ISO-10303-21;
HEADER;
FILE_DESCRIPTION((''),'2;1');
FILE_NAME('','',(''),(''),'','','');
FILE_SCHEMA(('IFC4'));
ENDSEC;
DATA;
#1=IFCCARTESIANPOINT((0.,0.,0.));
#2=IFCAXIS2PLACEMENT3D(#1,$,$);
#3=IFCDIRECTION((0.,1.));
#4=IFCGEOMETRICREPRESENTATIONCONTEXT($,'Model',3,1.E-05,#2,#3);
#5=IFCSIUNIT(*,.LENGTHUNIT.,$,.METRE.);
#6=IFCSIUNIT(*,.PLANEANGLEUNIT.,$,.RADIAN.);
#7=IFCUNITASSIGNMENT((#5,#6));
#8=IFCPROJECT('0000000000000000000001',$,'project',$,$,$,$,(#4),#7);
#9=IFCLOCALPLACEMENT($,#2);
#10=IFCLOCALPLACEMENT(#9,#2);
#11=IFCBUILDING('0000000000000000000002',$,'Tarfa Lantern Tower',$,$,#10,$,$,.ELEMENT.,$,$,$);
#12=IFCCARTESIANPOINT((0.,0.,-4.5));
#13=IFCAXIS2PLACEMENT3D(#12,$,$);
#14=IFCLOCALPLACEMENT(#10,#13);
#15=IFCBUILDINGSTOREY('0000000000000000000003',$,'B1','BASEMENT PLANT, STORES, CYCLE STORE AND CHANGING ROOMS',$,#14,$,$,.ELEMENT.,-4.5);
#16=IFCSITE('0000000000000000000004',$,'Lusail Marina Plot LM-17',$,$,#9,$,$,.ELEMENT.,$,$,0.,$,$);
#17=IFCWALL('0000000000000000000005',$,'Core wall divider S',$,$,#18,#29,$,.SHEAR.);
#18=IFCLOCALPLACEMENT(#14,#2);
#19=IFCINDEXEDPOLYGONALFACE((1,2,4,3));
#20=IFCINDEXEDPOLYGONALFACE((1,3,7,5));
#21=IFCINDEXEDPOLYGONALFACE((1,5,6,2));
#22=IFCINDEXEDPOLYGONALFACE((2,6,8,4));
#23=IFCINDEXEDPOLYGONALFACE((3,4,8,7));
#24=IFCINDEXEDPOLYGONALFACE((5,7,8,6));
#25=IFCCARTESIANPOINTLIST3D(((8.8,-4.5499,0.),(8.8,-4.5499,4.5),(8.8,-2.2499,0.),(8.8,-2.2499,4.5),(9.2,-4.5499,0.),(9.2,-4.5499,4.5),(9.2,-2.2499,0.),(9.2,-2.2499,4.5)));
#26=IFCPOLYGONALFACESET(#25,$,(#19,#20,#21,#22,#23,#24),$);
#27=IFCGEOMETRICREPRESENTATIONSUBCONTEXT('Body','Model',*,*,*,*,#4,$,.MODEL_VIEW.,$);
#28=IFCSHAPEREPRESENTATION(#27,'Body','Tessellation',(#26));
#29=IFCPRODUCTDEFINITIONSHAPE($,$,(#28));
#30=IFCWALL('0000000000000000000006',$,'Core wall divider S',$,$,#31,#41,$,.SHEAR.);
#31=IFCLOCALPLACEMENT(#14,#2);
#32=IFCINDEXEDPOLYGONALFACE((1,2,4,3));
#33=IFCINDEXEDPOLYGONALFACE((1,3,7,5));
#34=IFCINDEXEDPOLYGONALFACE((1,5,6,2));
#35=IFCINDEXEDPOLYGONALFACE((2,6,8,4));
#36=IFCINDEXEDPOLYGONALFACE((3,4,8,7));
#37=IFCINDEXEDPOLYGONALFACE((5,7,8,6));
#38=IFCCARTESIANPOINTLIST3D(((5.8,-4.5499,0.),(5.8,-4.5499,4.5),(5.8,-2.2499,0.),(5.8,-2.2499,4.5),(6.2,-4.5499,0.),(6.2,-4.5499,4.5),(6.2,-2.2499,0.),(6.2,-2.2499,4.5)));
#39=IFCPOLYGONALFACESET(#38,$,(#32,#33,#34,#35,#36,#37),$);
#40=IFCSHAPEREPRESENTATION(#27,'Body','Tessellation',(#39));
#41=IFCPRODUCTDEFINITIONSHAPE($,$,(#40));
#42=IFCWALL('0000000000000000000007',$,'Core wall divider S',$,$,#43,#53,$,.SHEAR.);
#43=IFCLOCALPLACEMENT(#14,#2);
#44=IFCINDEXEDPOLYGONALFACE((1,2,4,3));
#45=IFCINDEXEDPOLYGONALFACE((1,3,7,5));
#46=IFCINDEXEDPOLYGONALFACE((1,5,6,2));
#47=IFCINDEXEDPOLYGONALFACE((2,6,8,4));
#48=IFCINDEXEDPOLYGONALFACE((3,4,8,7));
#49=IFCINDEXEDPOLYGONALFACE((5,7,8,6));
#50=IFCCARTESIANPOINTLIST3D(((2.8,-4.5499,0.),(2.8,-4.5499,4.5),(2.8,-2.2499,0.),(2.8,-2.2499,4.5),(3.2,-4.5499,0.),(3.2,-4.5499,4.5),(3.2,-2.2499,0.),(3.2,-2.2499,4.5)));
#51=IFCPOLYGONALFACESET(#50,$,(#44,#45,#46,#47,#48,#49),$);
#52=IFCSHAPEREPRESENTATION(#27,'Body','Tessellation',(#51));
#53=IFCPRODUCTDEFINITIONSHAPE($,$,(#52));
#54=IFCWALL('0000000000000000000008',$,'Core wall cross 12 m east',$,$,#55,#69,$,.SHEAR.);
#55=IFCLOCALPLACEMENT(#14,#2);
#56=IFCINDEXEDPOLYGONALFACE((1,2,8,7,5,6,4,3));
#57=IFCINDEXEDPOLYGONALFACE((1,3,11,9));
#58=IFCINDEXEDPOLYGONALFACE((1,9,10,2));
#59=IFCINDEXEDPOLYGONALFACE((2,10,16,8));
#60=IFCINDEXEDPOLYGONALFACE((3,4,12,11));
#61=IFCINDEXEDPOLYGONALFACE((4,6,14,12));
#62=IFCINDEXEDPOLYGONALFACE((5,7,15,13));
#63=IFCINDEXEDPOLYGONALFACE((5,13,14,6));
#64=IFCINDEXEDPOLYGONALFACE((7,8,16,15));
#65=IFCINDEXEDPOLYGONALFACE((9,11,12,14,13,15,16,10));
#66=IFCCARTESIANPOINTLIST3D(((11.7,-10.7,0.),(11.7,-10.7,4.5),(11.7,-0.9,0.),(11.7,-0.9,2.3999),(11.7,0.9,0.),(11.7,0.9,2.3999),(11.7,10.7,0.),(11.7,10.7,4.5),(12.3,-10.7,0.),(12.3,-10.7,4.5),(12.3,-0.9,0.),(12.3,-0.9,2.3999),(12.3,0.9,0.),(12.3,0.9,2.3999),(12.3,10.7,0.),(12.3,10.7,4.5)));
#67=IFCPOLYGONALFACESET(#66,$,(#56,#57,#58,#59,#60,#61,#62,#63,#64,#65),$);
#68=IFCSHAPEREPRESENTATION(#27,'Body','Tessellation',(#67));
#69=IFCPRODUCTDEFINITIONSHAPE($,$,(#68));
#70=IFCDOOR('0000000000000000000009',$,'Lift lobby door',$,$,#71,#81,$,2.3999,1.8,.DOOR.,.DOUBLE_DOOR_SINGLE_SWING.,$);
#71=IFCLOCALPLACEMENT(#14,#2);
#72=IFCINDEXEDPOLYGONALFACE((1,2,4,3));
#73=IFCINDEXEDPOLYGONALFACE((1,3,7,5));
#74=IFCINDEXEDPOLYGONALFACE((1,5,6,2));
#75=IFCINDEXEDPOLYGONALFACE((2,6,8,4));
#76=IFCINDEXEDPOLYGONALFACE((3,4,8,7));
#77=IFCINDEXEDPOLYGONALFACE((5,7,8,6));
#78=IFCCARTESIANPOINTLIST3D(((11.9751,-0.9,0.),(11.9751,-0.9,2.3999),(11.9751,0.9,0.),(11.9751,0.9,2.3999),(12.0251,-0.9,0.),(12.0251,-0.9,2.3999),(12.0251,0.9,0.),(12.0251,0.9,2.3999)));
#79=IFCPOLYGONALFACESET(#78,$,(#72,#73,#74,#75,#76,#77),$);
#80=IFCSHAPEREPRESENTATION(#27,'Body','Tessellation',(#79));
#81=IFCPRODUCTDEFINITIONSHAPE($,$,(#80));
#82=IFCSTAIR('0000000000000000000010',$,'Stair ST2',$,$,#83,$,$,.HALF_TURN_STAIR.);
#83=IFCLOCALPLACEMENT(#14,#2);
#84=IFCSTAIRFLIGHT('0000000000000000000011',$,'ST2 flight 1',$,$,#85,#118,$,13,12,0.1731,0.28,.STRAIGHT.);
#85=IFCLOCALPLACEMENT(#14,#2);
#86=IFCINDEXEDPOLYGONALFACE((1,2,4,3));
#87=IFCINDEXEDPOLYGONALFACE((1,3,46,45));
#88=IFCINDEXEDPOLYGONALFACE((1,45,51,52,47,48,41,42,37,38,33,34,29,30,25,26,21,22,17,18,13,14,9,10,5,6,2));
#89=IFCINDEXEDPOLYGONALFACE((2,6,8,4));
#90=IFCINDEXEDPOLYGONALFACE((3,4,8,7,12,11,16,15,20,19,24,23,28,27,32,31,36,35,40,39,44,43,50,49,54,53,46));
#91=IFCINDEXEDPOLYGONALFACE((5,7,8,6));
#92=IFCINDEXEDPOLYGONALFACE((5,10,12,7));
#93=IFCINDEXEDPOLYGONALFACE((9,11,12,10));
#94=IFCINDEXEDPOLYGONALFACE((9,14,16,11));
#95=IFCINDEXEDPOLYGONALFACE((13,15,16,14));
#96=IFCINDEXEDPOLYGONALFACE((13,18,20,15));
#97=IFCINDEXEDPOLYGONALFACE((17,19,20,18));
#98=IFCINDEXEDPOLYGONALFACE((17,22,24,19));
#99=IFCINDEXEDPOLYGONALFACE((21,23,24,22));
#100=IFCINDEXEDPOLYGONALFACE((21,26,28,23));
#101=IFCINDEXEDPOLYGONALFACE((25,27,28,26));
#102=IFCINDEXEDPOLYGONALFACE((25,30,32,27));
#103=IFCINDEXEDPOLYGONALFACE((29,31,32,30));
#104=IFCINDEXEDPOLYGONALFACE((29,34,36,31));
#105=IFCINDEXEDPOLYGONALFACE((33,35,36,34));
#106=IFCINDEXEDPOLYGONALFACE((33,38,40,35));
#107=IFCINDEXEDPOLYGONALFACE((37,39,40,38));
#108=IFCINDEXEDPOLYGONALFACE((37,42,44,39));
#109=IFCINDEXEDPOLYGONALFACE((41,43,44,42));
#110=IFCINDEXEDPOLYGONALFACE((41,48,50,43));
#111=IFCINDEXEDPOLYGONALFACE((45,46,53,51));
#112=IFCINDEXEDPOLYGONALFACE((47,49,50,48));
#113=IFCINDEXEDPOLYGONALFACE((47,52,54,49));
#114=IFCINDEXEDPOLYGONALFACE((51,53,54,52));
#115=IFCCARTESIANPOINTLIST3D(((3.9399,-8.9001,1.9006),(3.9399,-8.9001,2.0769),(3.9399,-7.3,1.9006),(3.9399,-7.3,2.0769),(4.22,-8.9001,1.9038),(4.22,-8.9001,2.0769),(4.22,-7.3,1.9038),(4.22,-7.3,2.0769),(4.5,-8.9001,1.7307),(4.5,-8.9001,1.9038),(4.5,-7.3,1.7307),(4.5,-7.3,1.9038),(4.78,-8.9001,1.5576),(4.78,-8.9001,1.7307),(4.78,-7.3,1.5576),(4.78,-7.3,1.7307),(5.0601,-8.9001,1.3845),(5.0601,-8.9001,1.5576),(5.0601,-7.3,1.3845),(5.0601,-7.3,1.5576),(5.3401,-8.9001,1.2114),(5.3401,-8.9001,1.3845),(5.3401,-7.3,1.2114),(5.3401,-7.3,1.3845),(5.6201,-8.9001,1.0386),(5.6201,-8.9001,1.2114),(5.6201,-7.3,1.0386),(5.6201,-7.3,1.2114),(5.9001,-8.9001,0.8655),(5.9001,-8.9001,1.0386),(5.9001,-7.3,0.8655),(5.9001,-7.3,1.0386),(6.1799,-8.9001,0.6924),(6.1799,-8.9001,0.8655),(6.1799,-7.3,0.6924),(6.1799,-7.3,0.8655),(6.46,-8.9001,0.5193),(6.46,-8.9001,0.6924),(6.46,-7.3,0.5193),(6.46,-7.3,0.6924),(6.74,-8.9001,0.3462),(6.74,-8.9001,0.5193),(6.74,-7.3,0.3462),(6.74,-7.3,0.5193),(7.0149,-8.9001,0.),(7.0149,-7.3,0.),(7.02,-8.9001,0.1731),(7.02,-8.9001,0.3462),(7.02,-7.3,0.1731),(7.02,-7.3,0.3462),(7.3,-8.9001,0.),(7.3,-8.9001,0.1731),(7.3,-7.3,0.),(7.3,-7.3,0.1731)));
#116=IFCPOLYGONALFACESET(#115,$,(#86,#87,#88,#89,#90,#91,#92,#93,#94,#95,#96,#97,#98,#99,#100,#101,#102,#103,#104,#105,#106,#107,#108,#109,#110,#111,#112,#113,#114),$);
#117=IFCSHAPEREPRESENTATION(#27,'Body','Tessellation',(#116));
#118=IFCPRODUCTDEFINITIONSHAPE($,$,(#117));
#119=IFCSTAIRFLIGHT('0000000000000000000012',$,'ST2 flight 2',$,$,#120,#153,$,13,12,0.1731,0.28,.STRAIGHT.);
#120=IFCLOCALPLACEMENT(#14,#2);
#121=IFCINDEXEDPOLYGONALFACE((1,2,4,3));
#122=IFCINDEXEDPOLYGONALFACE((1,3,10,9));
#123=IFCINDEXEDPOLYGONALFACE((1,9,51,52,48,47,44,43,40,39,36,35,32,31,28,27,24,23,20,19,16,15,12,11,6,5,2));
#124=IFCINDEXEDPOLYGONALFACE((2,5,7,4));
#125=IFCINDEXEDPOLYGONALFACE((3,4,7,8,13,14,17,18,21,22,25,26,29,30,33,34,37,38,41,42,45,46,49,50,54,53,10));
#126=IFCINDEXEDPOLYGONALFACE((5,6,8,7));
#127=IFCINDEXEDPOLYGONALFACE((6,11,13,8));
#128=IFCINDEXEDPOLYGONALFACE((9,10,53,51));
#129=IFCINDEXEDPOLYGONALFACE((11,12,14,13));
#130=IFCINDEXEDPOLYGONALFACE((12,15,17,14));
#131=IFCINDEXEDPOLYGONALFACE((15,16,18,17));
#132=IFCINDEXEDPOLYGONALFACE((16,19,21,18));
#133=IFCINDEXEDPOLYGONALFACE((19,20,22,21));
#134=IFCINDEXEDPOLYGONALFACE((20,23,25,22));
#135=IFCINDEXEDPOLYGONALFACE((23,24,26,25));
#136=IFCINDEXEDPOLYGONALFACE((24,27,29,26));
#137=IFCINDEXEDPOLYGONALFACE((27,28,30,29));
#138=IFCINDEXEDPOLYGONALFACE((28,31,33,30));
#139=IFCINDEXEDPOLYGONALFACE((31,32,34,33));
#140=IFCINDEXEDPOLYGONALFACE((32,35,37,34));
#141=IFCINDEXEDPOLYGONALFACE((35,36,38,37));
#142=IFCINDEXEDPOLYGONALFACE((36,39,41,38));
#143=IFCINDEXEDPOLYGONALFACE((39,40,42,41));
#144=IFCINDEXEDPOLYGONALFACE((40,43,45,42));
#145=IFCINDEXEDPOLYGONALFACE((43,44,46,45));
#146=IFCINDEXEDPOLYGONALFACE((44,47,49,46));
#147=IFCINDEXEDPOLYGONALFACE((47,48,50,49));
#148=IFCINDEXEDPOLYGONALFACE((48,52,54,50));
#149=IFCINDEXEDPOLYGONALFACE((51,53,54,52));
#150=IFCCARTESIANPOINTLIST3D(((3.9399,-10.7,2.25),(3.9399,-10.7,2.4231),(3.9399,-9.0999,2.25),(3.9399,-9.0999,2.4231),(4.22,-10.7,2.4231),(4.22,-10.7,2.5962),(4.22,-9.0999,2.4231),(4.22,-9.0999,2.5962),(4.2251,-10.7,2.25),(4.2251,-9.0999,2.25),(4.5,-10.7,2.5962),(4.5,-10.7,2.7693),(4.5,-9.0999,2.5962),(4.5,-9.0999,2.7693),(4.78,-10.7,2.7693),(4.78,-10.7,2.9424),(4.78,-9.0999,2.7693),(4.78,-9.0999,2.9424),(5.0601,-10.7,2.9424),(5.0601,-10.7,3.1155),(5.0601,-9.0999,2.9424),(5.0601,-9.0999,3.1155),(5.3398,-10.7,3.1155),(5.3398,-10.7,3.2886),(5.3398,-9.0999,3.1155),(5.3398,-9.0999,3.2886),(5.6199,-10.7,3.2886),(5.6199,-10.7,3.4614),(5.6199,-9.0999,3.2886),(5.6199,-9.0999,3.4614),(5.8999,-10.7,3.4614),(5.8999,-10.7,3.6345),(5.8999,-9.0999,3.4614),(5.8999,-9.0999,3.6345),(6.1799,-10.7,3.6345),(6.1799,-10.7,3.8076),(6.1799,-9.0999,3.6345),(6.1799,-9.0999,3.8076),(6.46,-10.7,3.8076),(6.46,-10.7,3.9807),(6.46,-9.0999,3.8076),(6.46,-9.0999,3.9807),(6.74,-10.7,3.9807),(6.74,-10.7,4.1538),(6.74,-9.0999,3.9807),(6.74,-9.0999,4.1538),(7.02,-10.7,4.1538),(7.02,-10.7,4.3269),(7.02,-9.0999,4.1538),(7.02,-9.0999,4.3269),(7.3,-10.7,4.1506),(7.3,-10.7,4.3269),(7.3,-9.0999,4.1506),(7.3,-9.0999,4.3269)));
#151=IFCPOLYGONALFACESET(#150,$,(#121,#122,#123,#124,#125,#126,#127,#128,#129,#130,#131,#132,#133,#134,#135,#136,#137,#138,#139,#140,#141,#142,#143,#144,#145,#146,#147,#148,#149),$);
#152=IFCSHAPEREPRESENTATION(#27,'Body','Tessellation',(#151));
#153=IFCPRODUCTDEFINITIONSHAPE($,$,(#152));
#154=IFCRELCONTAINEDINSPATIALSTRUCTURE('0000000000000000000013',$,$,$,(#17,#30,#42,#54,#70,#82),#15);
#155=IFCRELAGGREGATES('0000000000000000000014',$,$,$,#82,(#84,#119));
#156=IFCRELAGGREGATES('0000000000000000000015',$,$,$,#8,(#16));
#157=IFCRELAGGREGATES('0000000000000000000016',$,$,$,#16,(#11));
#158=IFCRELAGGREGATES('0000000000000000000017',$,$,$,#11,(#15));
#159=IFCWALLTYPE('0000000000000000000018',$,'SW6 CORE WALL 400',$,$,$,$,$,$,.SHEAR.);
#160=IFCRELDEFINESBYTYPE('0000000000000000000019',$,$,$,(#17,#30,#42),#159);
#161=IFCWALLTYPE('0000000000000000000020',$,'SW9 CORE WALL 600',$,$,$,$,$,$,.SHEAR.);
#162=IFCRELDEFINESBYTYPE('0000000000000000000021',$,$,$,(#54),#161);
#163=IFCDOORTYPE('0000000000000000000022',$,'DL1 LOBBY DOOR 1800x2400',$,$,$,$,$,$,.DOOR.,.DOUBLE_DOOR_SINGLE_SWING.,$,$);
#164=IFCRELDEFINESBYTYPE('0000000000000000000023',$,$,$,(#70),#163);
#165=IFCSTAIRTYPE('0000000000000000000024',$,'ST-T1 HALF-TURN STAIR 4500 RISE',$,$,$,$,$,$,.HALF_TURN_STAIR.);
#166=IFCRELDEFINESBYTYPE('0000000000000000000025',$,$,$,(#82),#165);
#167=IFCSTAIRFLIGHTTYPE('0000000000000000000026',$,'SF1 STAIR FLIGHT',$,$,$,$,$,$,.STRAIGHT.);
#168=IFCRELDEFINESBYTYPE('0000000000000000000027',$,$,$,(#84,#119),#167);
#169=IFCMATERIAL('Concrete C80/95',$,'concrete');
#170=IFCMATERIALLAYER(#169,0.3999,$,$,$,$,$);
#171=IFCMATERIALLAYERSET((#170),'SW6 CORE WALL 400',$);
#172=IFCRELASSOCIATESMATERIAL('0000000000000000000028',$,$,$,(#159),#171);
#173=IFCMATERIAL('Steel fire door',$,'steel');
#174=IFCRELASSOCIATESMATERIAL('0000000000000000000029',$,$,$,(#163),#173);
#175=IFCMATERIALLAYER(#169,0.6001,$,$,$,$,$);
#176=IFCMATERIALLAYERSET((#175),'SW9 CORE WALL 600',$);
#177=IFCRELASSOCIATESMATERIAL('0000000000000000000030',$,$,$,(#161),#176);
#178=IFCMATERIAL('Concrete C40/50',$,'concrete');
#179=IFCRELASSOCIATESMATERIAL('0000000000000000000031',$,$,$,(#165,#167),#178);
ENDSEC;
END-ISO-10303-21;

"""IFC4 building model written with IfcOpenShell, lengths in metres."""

from ifc_helpers import new_model, si_unit, direction, frame, frame_2d, origin, place, context, subcontext, project, spatial, polyline, rectangle, outline, extrude, material, layer, layer_set, type_object, element, fill, aggregate, save


model = new_model("IFC4")

# Units and contexts
model_context = context("Model", 3, precision=1e-05, world=origin(), true_north=direction((0.0, 1.0)))
body_context = subcontext(model_context, "Body", "Model", "MODEL_VIEW")
ifc_project = project(units=[si_unit("LENGTHUNIT", "METRE"), si_unit("PLANEANGLEUNIT", "RADIAN")], contexts=[model_context])

# Site, building, storey
site_placement = place(None, origin())
site = spatial("IfcSite", under=ifc_project, at=site_placement, Name="Lusail Marina Plot LM-17", CompositionType="ELEMENT", RefElevation=0.0)
building_placement = place(site_placement, origin())
building = spatial("IfcBuilding", under=site, at=building_placement, Name="Tarfa Lantern Tower", CompositionType="ELEMENT")
storey_placement = place(building_placement, frame((0.0, 0.0, -4.5)))
storey = spatial("IfcBuildingStorey", under=building, at=storey_placement, Name="B1", Description="BASEMENT PLANT, STORES, CYCLE STORE AND CHANGING ROOMS", CompositionType="ELEMENT", Elevation=-4.5)

# Shared definitions
ifc_material_1 = material(Name="Concrete C80/95", Category="concrete")

# Shared definitions
ifc_material_2 = material(Name="Concrete C40/50", Category="concrete")

# Shared definitions
ifc_material_3 = material(Name="Steel fire door", Category="steel")

# Shared definitions
ifc_layer_1 = layer(ifc_material_1, 0.3999)
ifc_layer_set_1 = layer_set([ifc_layer_1], Name="SW6 CORE WALL 400")
wall_type_1 = type_object("IfcWallType", Name="SW6 CORE WALL 400", PredefinedType="SHEAR", material=ifc_layer_set_1)
door_type_1 = type_object("IfcDoorType", Name="DL1 LOBBY DOOR 1800x2400", OperationType="DOUBLE_DOOR_SINGLE_SWING", PredefinedType="DOOR", material=ifc_material_3)

# Walls
for number, where, z_axis, x_axis, name in (
    (1, (9.0, -2.25, 0.0), (0.0, 0.0, 1.0), (0.0, -1.0, 0.0), "Core wall divider S"),
    (2, (6.0, -2.25, 0.0), (0.0, 0.0, 1.0), (0.0, -1.0, 0.0), "Core wall divider S"),
    (3, (3.0, -2.25, 0.0), (0.0, 0.0, 1.0), (0.0, -1.0, 0.0), "Core wall divider S"),
):
    element("IfcWall", number, at=place(storey_placement, frame(where, z_axis=z_axis, x_axis=x_axis)), inside=storey, type_object=wall_type_1, Name=name, PredefinedType="SHEAR", context=body_context, shape_type="SweptSolid", body=[
        extrude(rectangle(XDim=2.3, YDim=0.3999, at=frame_2d((1.1499, 0.0))), origin(), (0.0, 0.0, 1.0), 4.5),
    ])

# Wall, opening, door
ifc_layer_2 = layer(ifc_material_1, 0.6001)
ifc_layer_set_2 = layer_set([ifc_layer_2], Name="SW9 CORE WALL 600")
wall_type_2 = type_object("IfcWallType", Name="SW9 CORE WALL 600", PredefinedType="SHEAR", material=ifc_layer_set_2)
wall_1_placement = place(storey_placement, frame((12.0, -10.7, 0.0), z_axis=(0.0, 0.0, 1.0), x_axis=(0.0, 1.0, 0.0)))
wall_1 = element("IfcWall", 4, at=wall_1_placement, inside=storey, type_object=wall_type_2, Name="Core wall cross 12 m east", PredefinedType="SHEAR", context=body_context, shape_type="SweptSolid", body=[
    extrude(rectangle(XDim=21.3999, YDim=0.6001, at=frame_2d((10.7, 0.0))), origin(), (0.0, 0.0, 1.0), 4.5),
])
opening_1_placement = place(wall_1_placement, frame((9.8, 0.0, 0.0)))
opening_1 = element("IfcOpeningElement", 5, at=opening_1_placement, cuts=wall_1, PredefinedType="OPENING", context=body_context, shape_type="SweptSolid", body=[
    extrude(rectangle(XDim=1.8, YDim=2.3999, at=frame_2d((0.8999, 1.2))), frame((0.0, 0.3101, 0.0), z_axis=(0.0, -1.0, 0.0), x_axis=(1.0, 0.0, 0.0)), (0.0, 0.0, 1.0), 0.6201),
])
door_1_placement = place(opening_1_placement, origin())
door_1 = element("IfcDoor", 6, at=door_1_placement, inside=storey, type_object=door_type_1, Name="Lift lobby door", OperationType="DOUBLE_DOOR_SINGLE_SWING", OverallHeight=2.3999, OverallWidth=1.8, PredefinedType="DOOR", context=body_context, shape_type="SweptSolid", body=[
    extrude(rectangle(XDim=1.8, YDim=2.3999, at=frame_2d((0.8999, 1.2))), frame((0.0, 0.0249, 0.0), z_axis=(0.0, -1.0, 0.0), x_axis=(1.0, 0.0, 0.0)), (0.0, 0.0, 1.0), 0.05),
])
fill(opening_1, door_1)

# Stair, stair flights
stair_type = type_object("IfcStairType", Name="ST-T1 HALF-TURN STAIR 4500 RISE", PredefinedType="HALF_TURN_STAIR", material=ifc_material_2)
stair_placement = place(storey_placement, origin())
stair = element("IfcStair", 7, at=stair_placement, inside=storey, type_object=stair_type, Name="Stair ST2", PredefinedType="HALF_TURN_STAIR")
stair_flight_type = type_object("IfcStairFlightType", Name="SF1 STAIR FLIGHT", PredefinedType="STRAIGHT", material=ifc_material_2)
stair_flight_1_placement = place(storey_placement, frame((7.3, -8.1001, 0.0), z_axis=(0.0, 0.0, 1.0), x_axis=(-1.0, 0.0, 0.0)))
stair_flight_1 = element("IfcStairFlight", 8, at=stair_flight_1_placement, type_object=stair_flight_type, Name="ST2 flight 1", NumberOfRisers=13, NumberOfTreads=12, PredefinedType="STRAIGHT", RiserHeight=0.1731, TreadLength=0.28, context=body_context, shape_type="SweptSolid", body=[
    extrude(outline(polyline([(0.0, 0.0), (0.0, 0.1731), (0.28, 0.1731), (0.28, 0.3462), (0.5601, 0.3462), (0.5601, 0.5193), (0.8401, 0.5193), (0.8401, 0.6924), (1.1201, 0.6924), (1.1201, 0.8655), (1.3999, 0.8655), (1.3999, 1.0386), (1.6799, 1.0386), (1.6799, 1.2114), (1.96, 1.2114), (1.96, 1.3845), (2.24, 1.3845), (2.24, 1.5576), (2.52, 1.5576), (2.52, 1.7307), (2.8, 1.7307), (2.8, 1.9038), (3.0801, 1.9038), (3.0801, 2.0769), (3.3601, 2.0769), (3.3601, 2.25), (3.3601, 1.9006), (0.2852, 0.0), (0.0, 0.0)])), frame((0.0, 0.8, 0.0), z_axis=(0.0, -1.0, 0.0), x_axis=(1.0, 0.0, 0.0)), (0.0, 0.0, 1.0), 1.6001),
])
stair_flight_2_placement = place(storey_placement, frame((3.9399, -9.8999, 2.25), z_axis=(0.0, 0.0, 1.0), x_axis=(1.0, 0.0, 0.0)))
stair_flight_2 = element("IfcStairFlight", 9, at=stair_flight_2_placement, type_object=stair_flight_type, Name="ST2 flight 2", NumberOfRisers=13, NumberOfTreads=12, PredefinedType="STRAIGHT", RiserHeight=0.1731, TreadLength=0.28, context=body_context, shape_type="SweptSolid", body=[
    extrude(outline(polyline([(0.0, 0.0), (0.0, 0.1731), (0.28, 0.1731), (0.28, 0.3462), (0.5601, 0.3462), (0.5601, 0.5193), (0.8401, 0.5193), (0.8401, 0.6924), (1.1201, 0.6924), (1.1201, 0.8655), (1.3999, 0.8655), (1.3999, 1.0386), (1.6799, 1.0386), (1.6799, 1.2114), (1.96, 1.2114), (1.96, 1.3845), (2.24, 1.3845), (2.24, 1.5576), (2.52, 1.5576), (2.52, 1.7307), (2.8, 1.7307), (2.8, 1.9038), (3.0801, 1.9038), (3.0801, 2.0769), (3.3601, 2.0769), (3.3601, 2.25), (3.3601, 1.9006), (0.2852, 0.0), (0.0, 0.0)])), frame((0.0, 0.8, 0.0), z_axis=(0.0, -1.0, 0.0), x_axis=(1.0, 0.0, 0.0)), (0.0, 0.0, 1.0), 1.6001),
])
aggregate(stair, [stair_flight_1, stair_flight_2])

save(model, "model.ifc")
